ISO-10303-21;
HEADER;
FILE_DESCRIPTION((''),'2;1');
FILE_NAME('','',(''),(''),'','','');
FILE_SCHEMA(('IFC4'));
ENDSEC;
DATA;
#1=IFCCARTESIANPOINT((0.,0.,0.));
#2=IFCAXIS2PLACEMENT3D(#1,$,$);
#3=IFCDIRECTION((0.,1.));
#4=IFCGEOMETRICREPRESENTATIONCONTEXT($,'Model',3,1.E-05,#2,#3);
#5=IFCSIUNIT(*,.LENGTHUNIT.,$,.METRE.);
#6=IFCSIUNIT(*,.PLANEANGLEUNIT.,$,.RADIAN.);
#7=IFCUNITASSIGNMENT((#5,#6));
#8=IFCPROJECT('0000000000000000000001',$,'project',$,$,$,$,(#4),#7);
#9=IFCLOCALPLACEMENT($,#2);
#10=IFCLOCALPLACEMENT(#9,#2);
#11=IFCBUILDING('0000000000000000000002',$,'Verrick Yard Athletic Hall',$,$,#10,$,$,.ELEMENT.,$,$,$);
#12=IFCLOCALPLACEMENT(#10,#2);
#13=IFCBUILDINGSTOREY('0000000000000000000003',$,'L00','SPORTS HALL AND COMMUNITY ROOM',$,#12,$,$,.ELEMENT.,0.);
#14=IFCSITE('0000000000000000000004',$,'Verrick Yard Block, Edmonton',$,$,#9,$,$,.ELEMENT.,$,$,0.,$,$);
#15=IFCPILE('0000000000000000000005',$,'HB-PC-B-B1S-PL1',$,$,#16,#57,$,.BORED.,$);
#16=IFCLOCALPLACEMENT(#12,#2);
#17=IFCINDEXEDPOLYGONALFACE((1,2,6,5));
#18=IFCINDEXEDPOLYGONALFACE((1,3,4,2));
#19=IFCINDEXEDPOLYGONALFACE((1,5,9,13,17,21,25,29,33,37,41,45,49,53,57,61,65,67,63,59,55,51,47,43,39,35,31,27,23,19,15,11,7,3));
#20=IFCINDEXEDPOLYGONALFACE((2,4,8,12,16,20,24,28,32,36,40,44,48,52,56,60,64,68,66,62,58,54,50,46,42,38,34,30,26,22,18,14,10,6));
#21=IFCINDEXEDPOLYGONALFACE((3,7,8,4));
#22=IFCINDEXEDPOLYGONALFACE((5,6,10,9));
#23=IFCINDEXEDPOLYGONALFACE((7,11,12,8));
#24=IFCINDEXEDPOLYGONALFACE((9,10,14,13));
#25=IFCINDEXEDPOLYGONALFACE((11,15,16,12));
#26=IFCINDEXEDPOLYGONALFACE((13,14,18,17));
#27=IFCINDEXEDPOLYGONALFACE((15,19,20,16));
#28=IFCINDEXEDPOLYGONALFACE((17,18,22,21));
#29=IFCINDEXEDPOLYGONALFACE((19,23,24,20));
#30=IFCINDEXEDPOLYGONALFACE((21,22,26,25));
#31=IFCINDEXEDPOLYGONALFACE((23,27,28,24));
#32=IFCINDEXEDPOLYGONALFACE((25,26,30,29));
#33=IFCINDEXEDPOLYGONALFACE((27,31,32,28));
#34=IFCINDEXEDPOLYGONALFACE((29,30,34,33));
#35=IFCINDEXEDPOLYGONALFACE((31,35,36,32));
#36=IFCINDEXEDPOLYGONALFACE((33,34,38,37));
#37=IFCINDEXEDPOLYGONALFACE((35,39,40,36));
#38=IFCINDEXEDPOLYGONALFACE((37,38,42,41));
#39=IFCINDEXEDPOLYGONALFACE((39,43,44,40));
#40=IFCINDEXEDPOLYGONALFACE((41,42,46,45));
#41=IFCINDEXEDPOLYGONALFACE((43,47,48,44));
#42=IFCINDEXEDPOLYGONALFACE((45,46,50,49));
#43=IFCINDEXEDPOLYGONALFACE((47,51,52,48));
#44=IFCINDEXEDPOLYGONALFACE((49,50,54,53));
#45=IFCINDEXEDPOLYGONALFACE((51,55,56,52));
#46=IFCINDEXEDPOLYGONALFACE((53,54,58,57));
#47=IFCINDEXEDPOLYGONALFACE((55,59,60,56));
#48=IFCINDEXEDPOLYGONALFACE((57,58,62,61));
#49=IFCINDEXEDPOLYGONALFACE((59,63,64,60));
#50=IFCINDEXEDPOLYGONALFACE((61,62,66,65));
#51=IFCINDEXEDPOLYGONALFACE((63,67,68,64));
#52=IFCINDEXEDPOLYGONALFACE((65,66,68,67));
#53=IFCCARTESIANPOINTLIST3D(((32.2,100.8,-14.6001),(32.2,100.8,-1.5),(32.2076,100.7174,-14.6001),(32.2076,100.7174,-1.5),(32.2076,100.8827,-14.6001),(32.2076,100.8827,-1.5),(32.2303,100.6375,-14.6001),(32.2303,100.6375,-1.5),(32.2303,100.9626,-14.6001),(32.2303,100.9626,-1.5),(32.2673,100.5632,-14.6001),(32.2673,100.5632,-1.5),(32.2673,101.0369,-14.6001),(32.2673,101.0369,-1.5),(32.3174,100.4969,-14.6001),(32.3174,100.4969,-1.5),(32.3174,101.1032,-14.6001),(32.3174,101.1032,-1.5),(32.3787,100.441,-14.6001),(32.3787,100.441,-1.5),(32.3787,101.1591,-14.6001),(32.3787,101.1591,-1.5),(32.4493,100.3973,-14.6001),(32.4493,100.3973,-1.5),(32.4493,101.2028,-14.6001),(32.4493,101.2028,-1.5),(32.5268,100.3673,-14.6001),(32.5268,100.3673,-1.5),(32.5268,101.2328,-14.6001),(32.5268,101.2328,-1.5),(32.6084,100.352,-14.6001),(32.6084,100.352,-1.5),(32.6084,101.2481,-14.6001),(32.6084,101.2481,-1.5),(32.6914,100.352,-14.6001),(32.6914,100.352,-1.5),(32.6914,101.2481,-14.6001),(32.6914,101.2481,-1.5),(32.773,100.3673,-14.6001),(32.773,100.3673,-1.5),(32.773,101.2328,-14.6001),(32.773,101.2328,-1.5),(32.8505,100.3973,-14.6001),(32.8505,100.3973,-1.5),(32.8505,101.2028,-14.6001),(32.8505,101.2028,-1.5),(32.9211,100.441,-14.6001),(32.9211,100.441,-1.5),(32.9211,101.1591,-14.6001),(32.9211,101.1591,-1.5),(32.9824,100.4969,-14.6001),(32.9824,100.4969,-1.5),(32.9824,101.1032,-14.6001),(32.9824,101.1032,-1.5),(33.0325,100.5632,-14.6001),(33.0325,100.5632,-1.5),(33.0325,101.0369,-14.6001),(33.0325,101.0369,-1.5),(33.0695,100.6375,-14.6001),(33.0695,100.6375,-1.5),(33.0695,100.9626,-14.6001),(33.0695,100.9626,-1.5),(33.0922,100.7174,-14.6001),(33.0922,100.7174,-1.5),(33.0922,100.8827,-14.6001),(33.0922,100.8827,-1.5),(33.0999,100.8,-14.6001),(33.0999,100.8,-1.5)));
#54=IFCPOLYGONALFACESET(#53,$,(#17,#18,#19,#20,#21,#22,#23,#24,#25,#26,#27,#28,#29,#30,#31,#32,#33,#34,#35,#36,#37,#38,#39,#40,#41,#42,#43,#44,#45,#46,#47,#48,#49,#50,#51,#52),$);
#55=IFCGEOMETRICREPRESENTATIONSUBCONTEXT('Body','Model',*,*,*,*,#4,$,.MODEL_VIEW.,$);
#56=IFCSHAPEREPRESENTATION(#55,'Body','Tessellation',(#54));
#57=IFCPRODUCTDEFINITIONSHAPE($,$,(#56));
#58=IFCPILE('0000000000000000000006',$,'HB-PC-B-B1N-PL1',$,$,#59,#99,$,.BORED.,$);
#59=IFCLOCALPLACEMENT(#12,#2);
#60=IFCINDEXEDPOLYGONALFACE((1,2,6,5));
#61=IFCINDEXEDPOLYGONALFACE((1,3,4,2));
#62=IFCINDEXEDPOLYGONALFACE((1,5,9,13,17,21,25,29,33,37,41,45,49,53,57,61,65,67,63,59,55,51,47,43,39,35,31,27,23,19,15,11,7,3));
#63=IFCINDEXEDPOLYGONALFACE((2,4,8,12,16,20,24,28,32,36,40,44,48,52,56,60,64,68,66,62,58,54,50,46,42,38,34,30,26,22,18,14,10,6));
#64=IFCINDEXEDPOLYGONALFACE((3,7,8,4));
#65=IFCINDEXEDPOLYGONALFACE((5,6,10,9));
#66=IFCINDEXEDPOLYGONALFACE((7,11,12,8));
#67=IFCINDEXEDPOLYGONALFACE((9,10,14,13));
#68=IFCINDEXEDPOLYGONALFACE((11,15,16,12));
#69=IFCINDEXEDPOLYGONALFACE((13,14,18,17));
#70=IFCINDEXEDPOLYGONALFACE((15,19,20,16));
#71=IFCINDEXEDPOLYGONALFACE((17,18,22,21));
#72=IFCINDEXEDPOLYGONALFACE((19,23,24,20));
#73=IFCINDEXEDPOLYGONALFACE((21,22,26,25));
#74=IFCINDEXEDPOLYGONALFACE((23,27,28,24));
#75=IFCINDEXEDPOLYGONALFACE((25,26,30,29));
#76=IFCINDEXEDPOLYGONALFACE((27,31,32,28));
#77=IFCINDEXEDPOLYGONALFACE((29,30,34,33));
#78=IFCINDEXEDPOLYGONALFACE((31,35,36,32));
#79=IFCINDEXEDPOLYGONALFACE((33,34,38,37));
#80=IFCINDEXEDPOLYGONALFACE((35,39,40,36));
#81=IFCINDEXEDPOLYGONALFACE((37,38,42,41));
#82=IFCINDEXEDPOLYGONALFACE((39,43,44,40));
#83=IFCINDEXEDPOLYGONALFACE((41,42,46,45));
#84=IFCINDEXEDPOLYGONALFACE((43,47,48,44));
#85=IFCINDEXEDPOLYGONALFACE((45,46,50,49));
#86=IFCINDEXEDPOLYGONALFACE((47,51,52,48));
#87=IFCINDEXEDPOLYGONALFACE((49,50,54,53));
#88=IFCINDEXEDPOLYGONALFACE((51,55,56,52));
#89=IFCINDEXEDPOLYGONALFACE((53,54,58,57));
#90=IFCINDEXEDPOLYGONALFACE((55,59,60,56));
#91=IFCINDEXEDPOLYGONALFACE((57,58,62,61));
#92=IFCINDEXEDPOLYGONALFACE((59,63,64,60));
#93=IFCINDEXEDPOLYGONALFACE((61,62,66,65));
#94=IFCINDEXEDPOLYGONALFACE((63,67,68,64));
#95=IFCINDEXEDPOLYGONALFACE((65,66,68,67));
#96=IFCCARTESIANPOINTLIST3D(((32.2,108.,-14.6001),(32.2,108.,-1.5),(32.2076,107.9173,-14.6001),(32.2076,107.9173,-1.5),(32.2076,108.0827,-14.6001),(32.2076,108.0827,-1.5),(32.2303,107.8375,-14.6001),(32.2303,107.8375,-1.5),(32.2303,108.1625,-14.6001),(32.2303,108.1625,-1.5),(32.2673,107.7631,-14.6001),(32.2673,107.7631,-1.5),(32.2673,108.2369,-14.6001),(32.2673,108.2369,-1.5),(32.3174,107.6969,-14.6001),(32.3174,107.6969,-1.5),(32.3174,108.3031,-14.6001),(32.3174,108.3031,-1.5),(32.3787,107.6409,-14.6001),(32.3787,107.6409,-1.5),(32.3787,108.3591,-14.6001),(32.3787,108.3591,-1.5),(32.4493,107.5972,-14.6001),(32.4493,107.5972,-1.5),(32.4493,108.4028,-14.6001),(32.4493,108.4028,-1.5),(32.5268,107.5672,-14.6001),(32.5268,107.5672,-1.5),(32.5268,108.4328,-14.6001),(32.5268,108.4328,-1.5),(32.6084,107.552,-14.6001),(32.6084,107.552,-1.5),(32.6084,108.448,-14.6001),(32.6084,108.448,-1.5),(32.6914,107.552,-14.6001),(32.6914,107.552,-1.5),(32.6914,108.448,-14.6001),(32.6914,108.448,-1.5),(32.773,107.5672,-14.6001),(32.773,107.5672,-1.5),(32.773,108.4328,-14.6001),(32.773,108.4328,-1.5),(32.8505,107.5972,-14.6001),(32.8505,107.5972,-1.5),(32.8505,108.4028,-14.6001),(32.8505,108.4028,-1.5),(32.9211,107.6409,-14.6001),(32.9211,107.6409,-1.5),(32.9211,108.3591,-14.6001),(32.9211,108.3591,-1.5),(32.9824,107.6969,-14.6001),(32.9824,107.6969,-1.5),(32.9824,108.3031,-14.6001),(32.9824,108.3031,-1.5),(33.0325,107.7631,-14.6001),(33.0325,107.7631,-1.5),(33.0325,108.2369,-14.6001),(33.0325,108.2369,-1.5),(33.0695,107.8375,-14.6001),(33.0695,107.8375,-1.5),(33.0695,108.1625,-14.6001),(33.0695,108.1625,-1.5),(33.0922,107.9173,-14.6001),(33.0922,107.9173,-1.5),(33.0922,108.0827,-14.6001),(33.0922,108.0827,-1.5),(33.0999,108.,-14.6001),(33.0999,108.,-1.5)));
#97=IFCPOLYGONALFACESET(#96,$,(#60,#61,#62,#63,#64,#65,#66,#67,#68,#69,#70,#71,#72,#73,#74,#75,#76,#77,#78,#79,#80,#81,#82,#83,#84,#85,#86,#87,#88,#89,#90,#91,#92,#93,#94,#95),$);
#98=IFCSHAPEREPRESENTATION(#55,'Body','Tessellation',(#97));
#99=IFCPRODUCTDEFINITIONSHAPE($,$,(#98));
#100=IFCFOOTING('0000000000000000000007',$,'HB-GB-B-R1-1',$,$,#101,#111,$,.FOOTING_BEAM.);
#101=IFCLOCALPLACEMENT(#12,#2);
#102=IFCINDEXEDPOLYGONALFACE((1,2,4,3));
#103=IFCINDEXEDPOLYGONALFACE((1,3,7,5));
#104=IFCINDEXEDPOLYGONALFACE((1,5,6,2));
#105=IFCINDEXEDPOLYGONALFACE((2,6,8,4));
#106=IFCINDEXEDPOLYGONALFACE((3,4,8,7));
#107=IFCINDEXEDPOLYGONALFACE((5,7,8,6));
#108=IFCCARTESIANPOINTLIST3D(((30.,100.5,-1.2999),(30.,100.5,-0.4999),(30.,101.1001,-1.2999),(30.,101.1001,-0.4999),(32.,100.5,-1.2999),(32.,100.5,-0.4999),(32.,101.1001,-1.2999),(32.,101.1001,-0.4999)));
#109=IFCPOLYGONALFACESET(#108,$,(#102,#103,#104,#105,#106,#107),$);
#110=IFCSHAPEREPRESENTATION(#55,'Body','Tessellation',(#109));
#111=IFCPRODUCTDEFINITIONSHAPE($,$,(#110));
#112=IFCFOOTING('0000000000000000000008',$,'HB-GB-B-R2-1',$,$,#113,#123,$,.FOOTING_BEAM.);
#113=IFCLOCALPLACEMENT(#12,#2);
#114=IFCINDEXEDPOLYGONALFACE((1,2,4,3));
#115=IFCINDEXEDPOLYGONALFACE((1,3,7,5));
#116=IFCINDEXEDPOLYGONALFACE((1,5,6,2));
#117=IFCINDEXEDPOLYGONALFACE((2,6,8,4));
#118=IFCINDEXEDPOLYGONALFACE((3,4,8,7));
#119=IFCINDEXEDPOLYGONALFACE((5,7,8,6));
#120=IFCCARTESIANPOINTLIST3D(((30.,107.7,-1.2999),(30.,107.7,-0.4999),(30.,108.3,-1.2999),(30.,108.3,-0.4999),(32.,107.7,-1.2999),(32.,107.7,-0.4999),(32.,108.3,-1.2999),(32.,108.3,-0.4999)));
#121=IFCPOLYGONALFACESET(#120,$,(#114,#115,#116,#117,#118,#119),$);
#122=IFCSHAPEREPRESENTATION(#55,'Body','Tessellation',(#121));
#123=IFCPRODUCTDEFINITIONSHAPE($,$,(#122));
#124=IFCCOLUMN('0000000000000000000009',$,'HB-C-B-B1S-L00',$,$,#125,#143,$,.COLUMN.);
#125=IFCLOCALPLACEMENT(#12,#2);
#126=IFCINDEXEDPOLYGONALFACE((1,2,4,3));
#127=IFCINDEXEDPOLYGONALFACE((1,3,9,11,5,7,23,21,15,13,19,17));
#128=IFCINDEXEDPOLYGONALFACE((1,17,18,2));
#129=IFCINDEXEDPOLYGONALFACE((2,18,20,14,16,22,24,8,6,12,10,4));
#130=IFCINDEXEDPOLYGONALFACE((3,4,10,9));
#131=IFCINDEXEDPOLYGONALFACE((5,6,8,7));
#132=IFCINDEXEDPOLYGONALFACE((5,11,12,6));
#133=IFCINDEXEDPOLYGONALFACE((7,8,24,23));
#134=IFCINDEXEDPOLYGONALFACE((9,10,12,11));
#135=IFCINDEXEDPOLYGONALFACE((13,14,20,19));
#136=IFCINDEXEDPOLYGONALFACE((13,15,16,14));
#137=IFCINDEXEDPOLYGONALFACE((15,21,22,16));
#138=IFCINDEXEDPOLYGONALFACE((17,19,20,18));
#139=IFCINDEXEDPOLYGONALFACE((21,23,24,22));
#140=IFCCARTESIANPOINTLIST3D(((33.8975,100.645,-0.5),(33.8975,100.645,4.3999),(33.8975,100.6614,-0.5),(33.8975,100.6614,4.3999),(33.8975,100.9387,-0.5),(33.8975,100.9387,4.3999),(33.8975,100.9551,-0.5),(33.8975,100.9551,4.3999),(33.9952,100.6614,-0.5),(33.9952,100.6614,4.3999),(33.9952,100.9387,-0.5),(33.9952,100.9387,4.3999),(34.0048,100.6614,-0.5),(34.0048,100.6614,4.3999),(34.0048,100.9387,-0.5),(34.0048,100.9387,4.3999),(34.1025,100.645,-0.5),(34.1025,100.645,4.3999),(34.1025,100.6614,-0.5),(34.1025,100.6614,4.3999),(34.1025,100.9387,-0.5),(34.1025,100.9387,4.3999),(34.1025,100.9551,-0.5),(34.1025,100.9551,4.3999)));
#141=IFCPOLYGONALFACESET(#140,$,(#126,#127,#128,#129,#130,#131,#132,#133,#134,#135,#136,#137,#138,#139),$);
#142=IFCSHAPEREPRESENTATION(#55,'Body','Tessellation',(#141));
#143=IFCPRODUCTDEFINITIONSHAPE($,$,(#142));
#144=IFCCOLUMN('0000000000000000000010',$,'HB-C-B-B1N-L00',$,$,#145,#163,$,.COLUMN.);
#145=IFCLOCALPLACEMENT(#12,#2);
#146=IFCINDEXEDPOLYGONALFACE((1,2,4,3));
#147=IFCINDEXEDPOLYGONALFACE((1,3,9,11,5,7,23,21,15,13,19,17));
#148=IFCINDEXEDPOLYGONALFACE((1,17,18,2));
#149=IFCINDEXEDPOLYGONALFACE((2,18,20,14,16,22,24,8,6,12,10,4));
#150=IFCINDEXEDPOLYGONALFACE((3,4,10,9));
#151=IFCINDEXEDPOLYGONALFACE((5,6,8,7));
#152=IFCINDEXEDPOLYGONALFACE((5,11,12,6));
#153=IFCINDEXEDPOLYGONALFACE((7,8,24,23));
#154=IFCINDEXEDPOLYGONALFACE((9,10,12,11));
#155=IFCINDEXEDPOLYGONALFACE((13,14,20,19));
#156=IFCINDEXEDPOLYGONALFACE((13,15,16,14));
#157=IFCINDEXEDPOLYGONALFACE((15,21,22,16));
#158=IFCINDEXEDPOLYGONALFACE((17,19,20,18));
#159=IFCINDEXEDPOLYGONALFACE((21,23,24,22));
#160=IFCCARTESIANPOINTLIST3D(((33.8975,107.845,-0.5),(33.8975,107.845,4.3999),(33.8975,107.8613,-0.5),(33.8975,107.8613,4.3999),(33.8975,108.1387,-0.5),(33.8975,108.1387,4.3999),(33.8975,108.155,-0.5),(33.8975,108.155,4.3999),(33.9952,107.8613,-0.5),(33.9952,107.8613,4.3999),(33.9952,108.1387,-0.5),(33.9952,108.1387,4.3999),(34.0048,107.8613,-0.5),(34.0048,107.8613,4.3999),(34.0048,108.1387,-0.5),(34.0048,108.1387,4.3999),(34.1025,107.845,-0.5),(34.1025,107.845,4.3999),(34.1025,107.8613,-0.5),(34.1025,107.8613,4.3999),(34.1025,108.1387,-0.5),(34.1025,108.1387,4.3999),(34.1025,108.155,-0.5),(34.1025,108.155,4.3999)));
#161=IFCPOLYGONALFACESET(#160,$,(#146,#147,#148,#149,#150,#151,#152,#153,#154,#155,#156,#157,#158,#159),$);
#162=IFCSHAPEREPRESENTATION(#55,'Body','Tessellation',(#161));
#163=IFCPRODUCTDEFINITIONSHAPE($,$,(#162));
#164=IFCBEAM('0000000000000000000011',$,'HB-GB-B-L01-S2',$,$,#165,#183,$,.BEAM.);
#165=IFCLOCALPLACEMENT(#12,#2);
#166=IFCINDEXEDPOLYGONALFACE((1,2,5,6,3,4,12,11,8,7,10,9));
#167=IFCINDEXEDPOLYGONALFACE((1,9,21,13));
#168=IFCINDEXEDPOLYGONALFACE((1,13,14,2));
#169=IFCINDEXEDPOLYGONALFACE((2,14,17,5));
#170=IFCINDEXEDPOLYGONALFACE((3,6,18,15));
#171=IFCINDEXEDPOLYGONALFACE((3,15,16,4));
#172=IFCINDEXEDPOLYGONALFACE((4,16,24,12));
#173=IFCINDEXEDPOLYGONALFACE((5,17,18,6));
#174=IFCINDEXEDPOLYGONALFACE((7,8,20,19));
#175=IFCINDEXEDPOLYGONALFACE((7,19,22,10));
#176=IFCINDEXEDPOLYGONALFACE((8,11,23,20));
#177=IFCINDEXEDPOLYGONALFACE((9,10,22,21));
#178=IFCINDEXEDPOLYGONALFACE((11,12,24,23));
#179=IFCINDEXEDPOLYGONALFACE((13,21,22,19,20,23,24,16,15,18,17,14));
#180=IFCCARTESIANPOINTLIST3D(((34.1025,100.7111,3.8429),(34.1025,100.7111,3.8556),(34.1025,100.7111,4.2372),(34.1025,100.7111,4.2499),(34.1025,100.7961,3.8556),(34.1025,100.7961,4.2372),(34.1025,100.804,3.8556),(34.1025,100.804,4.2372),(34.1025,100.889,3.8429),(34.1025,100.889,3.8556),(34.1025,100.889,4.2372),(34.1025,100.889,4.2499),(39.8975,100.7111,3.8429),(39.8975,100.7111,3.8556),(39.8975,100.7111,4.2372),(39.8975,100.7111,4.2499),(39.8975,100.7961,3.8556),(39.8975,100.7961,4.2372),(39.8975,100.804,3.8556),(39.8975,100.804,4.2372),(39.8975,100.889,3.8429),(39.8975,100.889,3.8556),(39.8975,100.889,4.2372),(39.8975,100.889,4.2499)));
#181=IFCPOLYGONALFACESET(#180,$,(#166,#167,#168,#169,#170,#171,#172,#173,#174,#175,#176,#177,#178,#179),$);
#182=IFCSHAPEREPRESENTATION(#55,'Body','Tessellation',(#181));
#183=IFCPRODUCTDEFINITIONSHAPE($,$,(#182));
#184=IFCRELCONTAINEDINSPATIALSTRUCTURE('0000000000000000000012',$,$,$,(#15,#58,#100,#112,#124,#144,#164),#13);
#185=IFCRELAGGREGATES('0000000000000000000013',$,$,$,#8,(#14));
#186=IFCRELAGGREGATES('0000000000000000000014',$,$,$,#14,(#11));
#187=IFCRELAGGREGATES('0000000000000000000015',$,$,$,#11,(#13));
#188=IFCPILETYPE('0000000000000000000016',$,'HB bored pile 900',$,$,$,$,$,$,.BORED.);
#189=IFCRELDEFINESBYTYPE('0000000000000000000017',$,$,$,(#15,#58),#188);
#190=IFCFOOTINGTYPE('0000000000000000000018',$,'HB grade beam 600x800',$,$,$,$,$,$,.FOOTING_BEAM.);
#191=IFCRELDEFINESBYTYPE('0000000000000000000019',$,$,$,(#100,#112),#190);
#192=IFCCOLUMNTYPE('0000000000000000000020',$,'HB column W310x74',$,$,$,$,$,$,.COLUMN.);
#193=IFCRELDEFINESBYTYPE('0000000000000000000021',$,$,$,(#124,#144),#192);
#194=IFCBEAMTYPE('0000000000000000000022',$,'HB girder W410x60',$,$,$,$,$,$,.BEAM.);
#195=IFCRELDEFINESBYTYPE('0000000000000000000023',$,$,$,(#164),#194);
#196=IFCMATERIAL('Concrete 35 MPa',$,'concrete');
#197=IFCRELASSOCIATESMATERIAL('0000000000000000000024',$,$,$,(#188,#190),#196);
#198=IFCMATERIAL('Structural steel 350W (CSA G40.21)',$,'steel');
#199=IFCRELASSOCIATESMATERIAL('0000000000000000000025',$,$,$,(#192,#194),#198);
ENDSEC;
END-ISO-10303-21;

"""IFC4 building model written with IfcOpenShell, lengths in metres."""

from ifc_helpers import new_model, si_unit, direction, frame, origin, origin_2d, place, context, subcontext, project, spatial, rectangle, circle, i_section, extrude, material, material_profile, profile_set, type_object, element, save


model = new_model("IFC4")

# Units and contexts
model_context = context("Model", 3, precision=1e-05, world=origin(), true_north=direction((0.0, 1.0)))
body_context = subcontext(model_context, "Body", "Model", "MODEL_VIEW")
ifc_project = project(units=[si_unit("LENGTHUNIT", "METRE"), si_unit("PLANEANGLEUNIT", "RADIAN")], contexts=[model_context])

# Site, building, storey
site_placement = place(None, origin())
site = spatial("IfcSite", under=ifc_project, at=site_placement, Name="Verrick Yard Block, Edmonton", CompositionType="ELEMENT", RefElevation=0.0)
building_placement = place(site_placement, origin())
building = spatial("IfcBuilding", under=site, at=building_placement, Name="Verrick Yard Athletic Hall", CompositionType="ELEMENT")
storey_placement = place(building_placement, origin())
storey = spatial("IfcBuildingStorey", under=building, at=storey_placement, Name="L00", Description="SPORTS HALL AND COMMUNITY ROOM", CompositionType="ELEMENT", Elevation=0.0)

# Piles
ifc_material_1 = material(Name="Concrete 35 MPa", Category="concrete")
ifc_material_profile_1 = material_profile(ifc_material_1, circle(Radius=0.45, at=origin_2d()), Name="Bored pile 900")
ifc_profile_set_1 = profile_set([ifc_material_profile_1], Name="Concrete 35 MPa")
pile_type = type_object("IfcPileType", Name="HB bored pile 900", PredefinedType="BORED", material=ifc_profile_set_1)
for number, where, z_axis, x_axis, name in (
    (1, (32.6499, 100.8, -1.5), (0.0, 0.0, -1.0), (1.0, 0.0, 0.0), "HB-PC-B-B1S-PL1"),
    (2, (32.6499, 108.0, -1.5), (0.0, 0.0, -1.0), (1.0, 0.0, 0.0), "HB-PC-B-B1N-PL1"),
):
    element("IfcPile", number, at=place(storey_placement, frame(where, z_axis=z_axis, x_axis=x_axis)), inside=storey, type_object=pile_type, Name=name, PredefinedType="BORED", context=body_context, shape_type="SweptSolid", body=[
        extrude(circle(Radius=0.45, at=origin_2d()), origin(), (0.0, 0.0, 1.0), 13.1001),
    ])

# Footings
ifc_material_profile_2 = material_profile(ifc_material_1, rectangle(XDim=0.6001, YDim=0.8, at=origin_2d()), Name="Grade beam 600x800")
ifc_profile_set_2 = profile_set([ifc_material_profile_2], Name="Concrete 35 MPa")
footing_type = type_object("IfcFootingType", Name="HB grade beam 600x800", PredefinedType="FOOTING_BEAM", material=ifc_profile_set_2)
for number, where, z_axis, x_axis, name in (
    (3, (30.0, 100.8, -0.8999), (1.0, 0.0, 0.0), (0.0, 1.0, 0.0), "HB-GB-B-R1-1"),
    (4, (30.0, 108.0, -0.8999), (1.0, 0.0, 0.0), (0.0, 1.0, 0.0), "HB-GB-B-R2-1"),
):
    element("IfcFooting", number, at=place(storey_placement, frame(where, z_axis=z_axis, x_axis=x_axis)), inside=storey, type_object=footing_type, Name=name, PredefinedType="FOOTING_BEAM", context=body_context, shape_type="SweptSolid", body=[
        extrude(rectangle(XDim=0.6001, YDim=0.8, at=origin_2d()), origin(), (0.0, 0.0, 1.0), 2.0),
    ])

# Columns
ifc_material_2 = material(Name="Structural steel 350W (CSA G40.21)", Category="steel")
ifc_material_profile_3 = material_profile(ifc_material_2, i_section(OverallWidth=0.2051, OverallDepth=0.3101, WebThickness=0.0095, FlangeThickness=0.0164, at=origin_2d()), Name="W310x74")
ifc_profile_set_3 = profile_set([ifc_material_profile_3], Name="Structural steel 350W (CSA G40.21)")
column_type = type_object("IfcColumnType", Name="HB column W310x74", PredefinedType="COLUMN", material=ifc_profile_set_3)
for number, where, z_axis, x_axis, name in (
    (5, (34.0, 100.8, -0.5), (0.0, 0.0, 1.0), (1.0, 0.0, 0.0), "HB-C-B-B1S-L00"),
    (6, (34.0, 108.0, -0.5), (0.0, 0.0, 1.0), (1.0, 0.0, 0.0), "HB-C-B-B1N-L00"),
):
    element("IfcColumn", number, at=place(storey_placement, frame(where, z_axis=z_axis, x_axis=x_axis)), inside=storey, type_object=column_type, Name=name, PredefinedType="COLUMN", context=body_context, shape_type="SweptSolid", body=[
        extrude(i_section(OverallWidth=0.2051, OverallDepth=0.3101, WebThickness=0.0095, FlangeThickness=0.0164, at=origin_2d()), origin(), (0.0, 0.0, 1.0), 4.8999),
    ])

# Beam
ifc_material_profile_4 = material_profile(ifc_material_2, i_section(OverallWidth=0.178, OverallDepth=0.407, WebThickness=0.0078, FlangeThickness=0.0127, at=origin_2d()), Name="W410x60")
ifc_profile_set_4 = profile_set([ifc_material_profile_4], Name="Structural steel 350W (CSA G40.21)")
beam_type_1 = type_object("IfcBeamType", Name="HB girder W410x60", PredefinedType="BEAM", material=ifc_profile_set_4)
for number, where, z_axis, x_axis, name in (
    (7, (34.1025, 100.8, 4.0464), (1.0, 0.0, 0.0), (0.0, 1.0, 0.0), "HB-GB-B-L01-S2"),
):
    element("IfcBeam", number, at=place(storey_placement, frame(where, z_axis=z_axis, x_axis=x_axis)), inside=storey, type_object=beam_type_1, Name=name, PredefinedType="BEAM", context=body_context, shape_type="SweptSolid", body=[
        extrude(i_section(OverallWidth=0.178, OverallDepth=0.407, WebThickness=0.0078, FlangeThickness=0.0127, at=origin_2d()), origin(), (0.0, 0.0, 1.0), 5.7949),
    ])

save(model, "model.ifc")
